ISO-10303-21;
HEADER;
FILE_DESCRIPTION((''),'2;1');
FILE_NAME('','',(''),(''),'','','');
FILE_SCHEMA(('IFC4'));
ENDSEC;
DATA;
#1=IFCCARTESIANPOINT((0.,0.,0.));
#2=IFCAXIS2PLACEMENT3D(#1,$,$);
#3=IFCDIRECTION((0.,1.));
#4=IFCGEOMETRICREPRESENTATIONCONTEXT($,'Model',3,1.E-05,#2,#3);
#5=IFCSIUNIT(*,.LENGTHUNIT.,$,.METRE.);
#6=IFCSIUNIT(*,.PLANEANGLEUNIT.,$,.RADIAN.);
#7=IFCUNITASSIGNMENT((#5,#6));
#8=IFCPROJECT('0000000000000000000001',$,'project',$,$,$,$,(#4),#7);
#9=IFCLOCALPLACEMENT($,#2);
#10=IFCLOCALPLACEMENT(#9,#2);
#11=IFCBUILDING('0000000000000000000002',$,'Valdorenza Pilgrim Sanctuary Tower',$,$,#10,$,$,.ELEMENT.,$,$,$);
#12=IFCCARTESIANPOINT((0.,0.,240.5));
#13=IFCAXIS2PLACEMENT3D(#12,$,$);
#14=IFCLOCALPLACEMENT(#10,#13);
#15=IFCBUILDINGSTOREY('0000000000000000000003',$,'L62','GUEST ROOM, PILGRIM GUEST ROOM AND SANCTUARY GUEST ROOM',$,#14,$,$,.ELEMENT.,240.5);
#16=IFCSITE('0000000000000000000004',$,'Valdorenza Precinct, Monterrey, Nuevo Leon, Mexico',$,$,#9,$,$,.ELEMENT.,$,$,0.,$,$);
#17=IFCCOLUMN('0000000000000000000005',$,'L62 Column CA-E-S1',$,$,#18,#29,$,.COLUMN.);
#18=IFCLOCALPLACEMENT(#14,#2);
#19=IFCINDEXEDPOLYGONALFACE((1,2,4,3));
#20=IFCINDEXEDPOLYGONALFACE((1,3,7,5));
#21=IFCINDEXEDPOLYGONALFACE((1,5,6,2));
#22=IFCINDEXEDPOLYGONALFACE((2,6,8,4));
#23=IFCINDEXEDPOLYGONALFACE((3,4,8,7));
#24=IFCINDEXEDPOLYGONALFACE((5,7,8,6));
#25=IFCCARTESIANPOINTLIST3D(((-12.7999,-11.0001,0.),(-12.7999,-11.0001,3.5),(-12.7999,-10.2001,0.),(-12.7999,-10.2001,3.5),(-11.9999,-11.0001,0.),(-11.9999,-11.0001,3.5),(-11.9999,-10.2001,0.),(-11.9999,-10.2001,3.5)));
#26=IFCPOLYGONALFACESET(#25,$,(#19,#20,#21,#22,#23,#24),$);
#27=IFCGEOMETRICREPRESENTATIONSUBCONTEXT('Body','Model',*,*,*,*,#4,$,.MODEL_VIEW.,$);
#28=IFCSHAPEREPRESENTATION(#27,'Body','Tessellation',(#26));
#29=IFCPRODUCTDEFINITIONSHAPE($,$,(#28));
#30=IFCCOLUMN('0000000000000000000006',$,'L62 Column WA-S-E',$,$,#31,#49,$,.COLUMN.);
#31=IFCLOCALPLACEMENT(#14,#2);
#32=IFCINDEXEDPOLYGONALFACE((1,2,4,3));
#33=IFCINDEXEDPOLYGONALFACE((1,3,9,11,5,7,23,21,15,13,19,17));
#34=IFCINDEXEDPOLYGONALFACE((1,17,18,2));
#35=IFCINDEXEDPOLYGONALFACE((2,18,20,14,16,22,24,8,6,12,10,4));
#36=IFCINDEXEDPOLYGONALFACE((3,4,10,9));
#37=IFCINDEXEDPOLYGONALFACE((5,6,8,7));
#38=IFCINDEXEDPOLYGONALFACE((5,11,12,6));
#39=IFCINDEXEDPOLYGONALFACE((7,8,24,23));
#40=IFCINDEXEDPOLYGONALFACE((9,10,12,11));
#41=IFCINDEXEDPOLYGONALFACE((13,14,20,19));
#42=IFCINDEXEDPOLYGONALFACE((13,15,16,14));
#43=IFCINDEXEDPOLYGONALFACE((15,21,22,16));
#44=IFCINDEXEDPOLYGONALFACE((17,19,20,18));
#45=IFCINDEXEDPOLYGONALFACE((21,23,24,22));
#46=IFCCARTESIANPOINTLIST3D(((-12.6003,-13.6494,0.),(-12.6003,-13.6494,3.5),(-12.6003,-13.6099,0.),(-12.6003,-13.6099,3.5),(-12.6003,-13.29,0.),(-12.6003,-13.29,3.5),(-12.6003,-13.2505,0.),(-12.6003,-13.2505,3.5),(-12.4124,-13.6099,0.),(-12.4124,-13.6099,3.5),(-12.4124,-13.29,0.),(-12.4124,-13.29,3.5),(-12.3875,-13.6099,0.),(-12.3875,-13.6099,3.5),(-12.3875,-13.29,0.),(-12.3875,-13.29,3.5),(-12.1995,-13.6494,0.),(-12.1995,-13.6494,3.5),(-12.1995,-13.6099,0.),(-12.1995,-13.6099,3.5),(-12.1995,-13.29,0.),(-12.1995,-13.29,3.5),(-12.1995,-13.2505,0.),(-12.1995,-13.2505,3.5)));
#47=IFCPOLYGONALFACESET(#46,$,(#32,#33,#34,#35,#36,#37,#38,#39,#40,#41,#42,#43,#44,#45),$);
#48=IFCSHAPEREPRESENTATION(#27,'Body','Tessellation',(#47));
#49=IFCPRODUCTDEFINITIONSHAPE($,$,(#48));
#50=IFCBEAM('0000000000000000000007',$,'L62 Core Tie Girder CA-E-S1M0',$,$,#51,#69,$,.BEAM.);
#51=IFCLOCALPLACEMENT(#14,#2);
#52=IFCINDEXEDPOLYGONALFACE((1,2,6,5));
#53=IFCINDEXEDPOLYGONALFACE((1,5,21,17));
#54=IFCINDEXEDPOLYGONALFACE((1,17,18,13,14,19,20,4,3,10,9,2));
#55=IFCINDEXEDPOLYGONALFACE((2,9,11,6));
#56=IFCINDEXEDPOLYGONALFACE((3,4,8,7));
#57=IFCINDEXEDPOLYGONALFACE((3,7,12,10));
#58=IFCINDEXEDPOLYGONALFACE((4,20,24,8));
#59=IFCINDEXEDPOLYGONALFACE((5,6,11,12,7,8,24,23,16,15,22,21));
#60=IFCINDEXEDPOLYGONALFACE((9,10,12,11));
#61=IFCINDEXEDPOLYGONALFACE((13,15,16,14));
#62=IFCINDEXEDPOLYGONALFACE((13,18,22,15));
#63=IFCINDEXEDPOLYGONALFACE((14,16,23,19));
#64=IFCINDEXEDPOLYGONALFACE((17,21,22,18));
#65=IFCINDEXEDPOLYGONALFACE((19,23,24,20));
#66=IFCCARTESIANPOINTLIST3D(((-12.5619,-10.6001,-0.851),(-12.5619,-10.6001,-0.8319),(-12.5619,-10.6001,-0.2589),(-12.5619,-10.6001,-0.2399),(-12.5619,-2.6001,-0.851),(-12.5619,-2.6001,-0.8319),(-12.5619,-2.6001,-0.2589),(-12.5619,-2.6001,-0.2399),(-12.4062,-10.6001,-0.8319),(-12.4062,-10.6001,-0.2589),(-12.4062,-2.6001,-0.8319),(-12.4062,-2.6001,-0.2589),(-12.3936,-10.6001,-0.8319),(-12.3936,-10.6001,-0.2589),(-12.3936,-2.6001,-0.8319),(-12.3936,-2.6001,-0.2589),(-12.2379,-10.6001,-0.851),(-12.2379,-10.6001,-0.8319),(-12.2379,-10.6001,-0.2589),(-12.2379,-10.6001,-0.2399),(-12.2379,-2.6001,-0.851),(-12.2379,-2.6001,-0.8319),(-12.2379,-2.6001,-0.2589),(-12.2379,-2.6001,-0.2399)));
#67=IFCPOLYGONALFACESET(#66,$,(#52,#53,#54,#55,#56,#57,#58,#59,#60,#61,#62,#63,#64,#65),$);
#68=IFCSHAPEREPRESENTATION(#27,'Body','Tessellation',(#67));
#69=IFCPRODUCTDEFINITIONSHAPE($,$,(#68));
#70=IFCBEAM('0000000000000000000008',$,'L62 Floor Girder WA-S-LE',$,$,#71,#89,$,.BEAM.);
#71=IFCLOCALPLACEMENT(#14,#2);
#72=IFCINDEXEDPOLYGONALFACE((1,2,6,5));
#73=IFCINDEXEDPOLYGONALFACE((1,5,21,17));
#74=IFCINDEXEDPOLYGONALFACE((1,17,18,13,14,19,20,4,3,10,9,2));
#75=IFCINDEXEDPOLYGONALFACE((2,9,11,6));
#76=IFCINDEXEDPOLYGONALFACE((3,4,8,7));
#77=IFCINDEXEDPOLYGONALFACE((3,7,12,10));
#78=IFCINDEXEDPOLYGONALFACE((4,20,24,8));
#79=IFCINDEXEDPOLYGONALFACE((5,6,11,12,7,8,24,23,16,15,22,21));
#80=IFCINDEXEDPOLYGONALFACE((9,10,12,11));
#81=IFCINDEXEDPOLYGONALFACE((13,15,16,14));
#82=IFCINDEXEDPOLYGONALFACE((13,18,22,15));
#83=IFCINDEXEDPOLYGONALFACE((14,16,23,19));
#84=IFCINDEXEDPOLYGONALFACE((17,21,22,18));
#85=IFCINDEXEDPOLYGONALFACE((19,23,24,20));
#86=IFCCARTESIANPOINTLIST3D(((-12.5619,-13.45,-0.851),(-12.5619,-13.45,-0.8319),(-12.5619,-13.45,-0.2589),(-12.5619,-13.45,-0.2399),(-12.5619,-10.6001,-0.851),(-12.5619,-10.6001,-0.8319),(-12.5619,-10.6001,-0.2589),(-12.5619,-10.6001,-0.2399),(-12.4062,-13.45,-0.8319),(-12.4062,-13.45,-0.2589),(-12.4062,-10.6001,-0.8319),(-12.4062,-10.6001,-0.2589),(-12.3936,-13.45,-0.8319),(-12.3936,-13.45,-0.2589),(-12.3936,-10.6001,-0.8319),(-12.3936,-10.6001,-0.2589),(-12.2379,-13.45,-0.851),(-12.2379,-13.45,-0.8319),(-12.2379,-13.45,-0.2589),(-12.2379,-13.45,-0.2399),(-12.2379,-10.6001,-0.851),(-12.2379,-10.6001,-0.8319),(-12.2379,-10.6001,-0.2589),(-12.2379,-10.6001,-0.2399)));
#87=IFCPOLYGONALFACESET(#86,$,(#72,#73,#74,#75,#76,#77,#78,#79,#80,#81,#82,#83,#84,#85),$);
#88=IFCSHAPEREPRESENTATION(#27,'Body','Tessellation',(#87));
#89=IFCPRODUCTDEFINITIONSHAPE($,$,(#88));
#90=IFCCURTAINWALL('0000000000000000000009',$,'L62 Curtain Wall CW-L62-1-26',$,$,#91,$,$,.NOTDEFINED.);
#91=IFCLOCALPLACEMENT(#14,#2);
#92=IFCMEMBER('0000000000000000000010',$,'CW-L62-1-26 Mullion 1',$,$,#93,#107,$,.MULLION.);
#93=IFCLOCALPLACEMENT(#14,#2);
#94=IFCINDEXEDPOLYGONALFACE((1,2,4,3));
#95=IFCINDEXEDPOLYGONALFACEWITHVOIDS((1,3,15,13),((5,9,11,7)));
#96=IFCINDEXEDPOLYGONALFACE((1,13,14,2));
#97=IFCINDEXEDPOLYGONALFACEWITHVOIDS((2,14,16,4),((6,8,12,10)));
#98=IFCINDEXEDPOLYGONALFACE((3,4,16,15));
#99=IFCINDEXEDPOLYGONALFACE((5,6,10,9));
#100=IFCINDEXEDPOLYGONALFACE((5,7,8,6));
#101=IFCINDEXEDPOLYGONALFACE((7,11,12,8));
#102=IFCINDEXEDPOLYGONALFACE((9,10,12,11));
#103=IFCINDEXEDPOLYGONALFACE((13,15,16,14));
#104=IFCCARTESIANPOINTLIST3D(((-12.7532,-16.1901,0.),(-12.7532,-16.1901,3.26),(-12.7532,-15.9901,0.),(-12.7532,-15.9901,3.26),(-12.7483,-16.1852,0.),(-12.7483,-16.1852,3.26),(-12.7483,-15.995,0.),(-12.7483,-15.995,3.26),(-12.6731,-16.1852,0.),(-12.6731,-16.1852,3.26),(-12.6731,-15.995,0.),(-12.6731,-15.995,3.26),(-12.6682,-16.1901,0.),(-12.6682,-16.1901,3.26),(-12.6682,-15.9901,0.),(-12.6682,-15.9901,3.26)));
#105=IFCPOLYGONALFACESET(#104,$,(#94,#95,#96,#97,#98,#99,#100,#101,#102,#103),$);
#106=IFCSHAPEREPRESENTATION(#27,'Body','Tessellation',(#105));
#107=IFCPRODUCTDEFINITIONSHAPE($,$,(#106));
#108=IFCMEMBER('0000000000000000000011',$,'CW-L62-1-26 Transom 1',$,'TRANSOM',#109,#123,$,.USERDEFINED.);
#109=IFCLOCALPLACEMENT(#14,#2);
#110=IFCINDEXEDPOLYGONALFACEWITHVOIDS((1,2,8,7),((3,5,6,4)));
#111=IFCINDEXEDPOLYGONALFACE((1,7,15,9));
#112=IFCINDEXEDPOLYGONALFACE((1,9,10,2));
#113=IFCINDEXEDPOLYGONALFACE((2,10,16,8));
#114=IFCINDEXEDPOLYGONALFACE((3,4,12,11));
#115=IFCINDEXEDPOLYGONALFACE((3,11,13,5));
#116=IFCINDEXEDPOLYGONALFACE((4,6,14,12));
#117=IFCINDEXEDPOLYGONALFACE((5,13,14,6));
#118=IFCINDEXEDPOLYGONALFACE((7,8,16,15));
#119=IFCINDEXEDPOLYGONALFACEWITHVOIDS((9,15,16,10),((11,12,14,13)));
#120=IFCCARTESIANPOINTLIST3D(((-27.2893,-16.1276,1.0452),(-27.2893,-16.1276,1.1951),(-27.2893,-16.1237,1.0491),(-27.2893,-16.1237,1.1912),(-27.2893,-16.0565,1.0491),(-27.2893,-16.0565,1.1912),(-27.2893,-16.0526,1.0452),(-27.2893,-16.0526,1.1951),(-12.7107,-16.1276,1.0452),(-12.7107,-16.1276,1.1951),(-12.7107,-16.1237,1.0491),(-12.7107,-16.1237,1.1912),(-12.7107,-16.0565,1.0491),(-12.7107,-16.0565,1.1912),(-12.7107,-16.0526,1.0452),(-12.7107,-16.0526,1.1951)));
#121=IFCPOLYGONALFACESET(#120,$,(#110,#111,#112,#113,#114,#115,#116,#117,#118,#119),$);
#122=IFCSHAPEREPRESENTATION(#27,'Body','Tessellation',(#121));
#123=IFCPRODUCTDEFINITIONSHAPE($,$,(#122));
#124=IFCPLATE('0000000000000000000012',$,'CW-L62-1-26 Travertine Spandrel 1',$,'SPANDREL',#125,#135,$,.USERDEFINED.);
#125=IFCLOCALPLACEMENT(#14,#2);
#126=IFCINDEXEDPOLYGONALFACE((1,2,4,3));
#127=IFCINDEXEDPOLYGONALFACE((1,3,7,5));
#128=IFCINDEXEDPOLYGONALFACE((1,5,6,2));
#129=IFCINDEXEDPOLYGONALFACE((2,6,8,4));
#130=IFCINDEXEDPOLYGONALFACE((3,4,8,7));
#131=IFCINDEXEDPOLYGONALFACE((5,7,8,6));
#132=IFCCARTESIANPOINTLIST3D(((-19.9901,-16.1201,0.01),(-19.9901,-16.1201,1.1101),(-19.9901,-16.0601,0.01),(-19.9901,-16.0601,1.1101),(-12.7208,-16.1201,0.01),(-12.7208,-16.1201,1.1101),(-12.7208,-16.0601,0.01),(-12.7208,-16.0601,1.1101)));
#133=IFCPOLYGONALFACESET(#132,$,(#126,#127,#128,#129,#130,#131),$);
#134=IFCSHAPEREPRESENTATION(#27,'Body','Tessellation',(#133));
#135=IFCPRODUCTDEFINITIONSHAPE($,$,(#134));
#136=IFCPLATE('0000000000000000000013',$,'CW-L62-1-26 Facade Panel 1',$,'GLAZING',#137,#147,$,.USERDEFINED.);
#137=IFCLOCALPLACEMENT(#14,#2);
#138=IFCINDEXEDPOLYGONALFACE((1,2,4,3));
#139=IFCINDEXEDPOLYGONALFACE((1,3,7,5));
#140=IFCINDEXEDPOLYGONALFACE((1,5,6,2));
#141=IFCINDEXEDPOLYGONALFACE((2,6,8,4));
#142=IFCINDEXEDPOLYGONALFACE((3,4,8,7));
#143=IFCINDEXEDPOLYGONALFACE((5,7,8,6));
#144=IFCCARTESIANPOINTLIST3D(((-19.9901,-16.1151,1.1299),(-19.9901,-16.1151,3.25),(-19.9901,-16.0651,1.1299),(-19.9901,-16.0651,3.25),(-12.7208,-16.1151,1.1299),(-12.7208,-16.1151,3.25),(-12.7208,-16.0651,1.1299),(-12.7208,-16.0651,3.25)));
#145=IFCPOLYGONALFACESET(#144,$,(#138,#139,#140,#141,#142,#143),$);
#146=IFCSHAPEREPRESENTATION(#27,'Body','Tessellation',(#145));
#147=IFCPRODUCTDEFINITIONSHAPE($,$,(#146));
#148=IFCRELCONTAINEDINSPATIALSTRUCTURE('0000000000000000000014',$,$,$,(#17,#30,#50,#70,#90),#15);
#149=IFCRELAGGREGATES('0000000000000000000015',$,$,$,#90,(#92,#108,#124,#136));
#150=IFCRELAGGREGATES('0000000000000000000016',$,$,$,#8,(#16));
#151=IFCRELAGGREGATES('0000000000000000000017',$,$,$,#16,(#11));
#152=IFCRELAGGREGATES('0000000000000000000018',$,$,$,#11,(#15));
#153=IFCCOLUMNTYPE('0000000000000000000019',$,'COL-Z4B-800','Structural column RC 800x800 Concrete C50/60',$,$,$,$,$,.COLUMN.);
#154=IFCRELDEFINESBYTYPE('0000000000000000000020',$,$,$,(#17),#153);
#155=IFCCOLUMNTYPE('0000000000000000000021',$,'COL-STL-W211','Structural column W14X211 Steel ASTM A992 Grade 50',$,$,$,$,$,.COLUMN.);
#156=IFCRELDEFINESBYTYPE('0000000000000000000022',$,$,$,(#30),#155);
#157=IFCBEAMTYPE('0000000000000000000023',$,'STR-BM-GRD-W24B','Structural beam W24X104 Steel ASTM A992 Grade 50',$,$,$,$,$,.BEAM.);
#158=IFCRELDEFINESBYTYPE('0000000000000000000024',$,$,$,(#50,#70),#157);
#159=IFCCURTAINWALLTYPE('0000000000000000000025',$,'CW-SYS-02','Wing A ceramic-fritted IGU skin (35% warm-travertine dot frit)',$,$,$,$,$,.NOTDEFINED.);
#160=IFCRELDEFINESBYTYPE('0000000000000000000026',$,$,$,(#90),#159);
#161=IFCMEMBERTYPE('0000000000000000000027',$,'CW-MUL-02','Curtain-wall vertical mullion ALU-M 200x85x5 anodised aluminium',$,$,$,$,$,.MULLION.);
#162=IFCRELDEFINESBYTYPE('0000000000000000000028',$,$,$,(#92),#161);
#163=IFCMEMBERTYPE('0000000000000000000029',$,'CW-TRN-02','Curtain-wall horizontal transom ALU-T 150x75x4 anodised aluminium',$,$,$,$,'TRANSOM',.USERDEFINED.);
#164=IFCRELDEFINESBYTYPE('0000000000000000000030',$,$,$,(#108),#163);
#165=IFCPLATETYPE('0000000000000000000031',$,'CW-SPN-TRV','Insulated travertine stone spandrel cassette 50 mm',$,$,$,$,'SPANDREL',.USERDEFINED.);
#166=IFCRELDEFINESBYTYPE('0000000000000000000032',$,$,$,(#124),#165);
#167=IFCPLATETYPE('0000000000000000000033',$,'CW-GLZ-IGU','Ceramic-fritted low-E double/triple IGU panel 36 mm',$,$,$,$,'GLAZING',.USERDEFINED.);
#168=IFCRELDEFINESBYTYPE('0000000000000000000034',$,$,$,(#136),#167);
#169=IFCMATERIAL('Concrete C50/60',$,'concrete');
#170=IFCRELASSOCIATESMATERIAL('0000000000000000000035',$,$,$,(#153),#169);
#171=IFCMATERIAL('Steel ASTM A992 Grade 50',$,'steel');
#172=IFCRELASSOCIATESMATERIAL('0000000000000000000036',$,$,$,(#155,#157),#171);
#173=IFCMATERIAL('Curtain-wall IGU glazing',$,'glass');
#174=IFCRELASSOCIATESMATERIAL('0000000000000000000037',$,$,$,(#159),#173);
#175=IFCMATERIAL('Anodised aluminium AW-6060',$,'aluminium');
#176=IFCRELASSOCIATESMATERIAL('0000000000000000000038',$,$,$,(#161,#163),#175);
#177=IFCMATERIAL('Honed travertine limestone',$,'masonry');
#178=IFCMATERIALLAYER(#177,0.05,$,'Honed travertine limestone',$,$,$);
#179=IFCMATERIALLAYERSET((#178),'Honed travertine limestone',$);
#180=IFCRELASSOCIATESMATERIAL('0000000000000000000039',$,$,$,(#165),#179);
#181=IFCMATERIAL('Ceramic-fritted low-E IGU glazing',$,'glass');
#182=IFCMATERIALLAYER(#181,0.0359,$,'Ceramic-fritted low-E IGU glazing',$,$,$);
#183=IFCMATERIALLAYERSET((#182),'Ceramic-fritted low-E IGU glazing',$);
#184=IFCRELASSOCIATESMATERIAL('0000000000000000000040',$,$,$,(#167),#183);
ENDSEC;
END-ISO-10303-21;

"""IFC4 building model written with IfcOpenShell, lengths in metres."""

from ifc_helpers import new_model, si_unit, direction, frame, origin, origin_2d, place, context, subcontext, project, spatial, rectangle, hollow_rectangle, i_section, extrude, source, transform, mapped, material, layer, layer_set, material_profile, profile_set, type_object, element, aggregate, save


model = new_model("IFC4")

# Units and contexts
model_context = context("Model", 3, precision=1e-05, world=origin(), true_north=direction((0.0, 1.0)))
body_context = subcontext(model_context, "Body", "Model", "MODEL_VIEW")
ifc_project = project(units=[si_unit("LENGTHUNIT", "METRE"), si_unit("PLANEANGLEUNIT", "RADIAN")], contexts=[model_context])

# Site, building, storey
site_placement = place(None, origin())
site = spatial("IfcSite", under=ifc_project, at=site_placement, Name="Valdorenza Precinct, Monterrey, Nuevo Leon, Mexico", CompositionType="ELEMENT", RefElevation=0.0)
building_placement = place(site_placement, origin())
building = spatial("IfcBuilding", under=site, at=building_placement, Name="Valdorenza Pilgrim Sanctuary Tower", CompositionType="ELEMENT")
storey_placement = place(building_placement, frame((0.0, 0.0, 240.5)))
storey = spatial("IfcBuildingStorey", under=building, at=storey_placement, Name="L62", Description="GUEST ROOM, PILGRIM GUEST ROOM AND SANCTUARY GUEST ROOM", CompositionType="ELEMENT", Elevation=240.5)

# Columns
ifc_material_1 = material(Name="Concrete C50/60", Category="concrete")
ifc_material_profile_1 = material_profile(ifc_material_1, rectangle(XDim=0.8, YDim=0.8, at=origin_2d()), Name="RC 800x800")
ifc_profile_set_1 = profile_set([ifc_material_profile_1], Name="Concrete C50/60")
column_type_1 = type_object("IfcColumnType", Name="COL-Z4B-800", Description="Structural column RC 800x800 Concrete C50/60", PredefinedType="COLUMN", material=ifc_profile_set_1)
shared_shape_1 = source(origin(), body_context, "Body", "SweptSolid", [
    extrude(rectangle(XDim=0.8, YDim=0.8, at=origin_2d()), origin(), (0.0, 0.0, 1.0), 3.5),
])
column_1_placement = place(storey_placement, frame((-12.3999, -10.6001, 0.0), z_axis=(0.0, 0.0, 1.0), x_axis=(1.0, 0.0, 0.0)))
element("IfcColumn", 1, at=column_1_placement, inside=storey, type_object=column_type_1, Name="L62 Column CA-E-S1", PredefinedType="COLUMN", context=body_context, shape_type="MappedRepresentation", body=[
    mapped(shared_shape_1, transform((0.0, 0.0, 0.0), x_axis=(1.0, 0.0, 0.0), y_axis=(0.0, 1.0, 0.0), z_axis=(0.0, 0.0, 1.0), scale=1.0)),
])
ifc_material_2 = material(Name="Steel ASTM A992 Grade 50", Category="steel")
ifc_material_profile_2 = material_profile(ifc_material_2, i_section(OverallWidth=0.4009, OverallDepth=0.3989, WebThickness=0.0249, FlangeThickness=0.0396, at=origin_2d()), Name="W14X211")
ifc_profile_set_2 = profile_set([ifc_material_profile_2], Name="Steel ASTM A992 Grade 50")
column_type_2 = type_object("IfcColumnType", Name="COL-STL-W211", Description="Structural column W14X211 Steel ASTM A992 Grade 50", PredefinedType="COLUMN", material=ifc_profile_set_2)
shared_shape_2 = source(origin(), body_context, "Body", "SweptSolid", [
    extrude(i_section(OverallWidth=0.4009, OverallDepth=0.3989, WebThickness=0.0249, FlangeThickness=0.0396, at=origin_2d()), origin(), (0.0, 0.0, 1.0), 3.5),
])
column_2_placement = place(storey_placement, frame((-12.3999, -13.45, 0.0), z_axis=(0.0, 0.0, 1.0), x_axis=(1.0, 0.0, 0.0)))
element("IfcColumn", 2, at=column_2_placement, inside=storey, type_object=column_type_2, Name="L62 Column WA-S-E", PredefinedType="COLUMN", context=body_context, shape_type="MappedRepresentation", body=[
    mapped(shared_shape_2, transform((0.0, 0.0, 0.0), x_axis=(1.0, 0.0, 0.0), y_axis=(0.0, 1.0, 0.0), z_axis=(0.0, 0.0, 1.0), scale=1.0)),
])

# Beams
ifc_material_profile_3 = material_profile(ifc_material_2, i_section(OverallWidth=0.324, OverallDepth=0.6111, WebThickness=0.0127, FlangeThickness=0.019, at=origin_2d()), Name="W24X104")
ifc_profile_set_3 = profile_set([ifc_material_profile_3], Name="Steel ASTM A992 Grade 50")
beam_type = type_object("IfcBeamType", Name="STR-BM-GRD-W24B", Description="Structural beam W24X104 Steel ASTM A992 Grade 50", PredefinedType="BEAM", material=ifc_profile_set_3)
shared_shape_3 = source(origin(), body_context, "Body", "SweptSolid", [
    extrude(i_section(OverallWidth=0.324, OverallDepth=0.6111, WebThickness=0.0127, FlangeThickness=0.019, at=origin_2d()), origin(), (0.0, 0.0, 1.0), 8.0),
])
beam_1_placement = place(storey_placement, frame((-12.3999, -10.6001, -0.5454), z_axis=(0.0, 1.0, 0.0), x_axis=(-1.0, 0.0, 0.0)))
element("IfcBeam", 3, at=beam_1_placement, inside=storey, type_object=beam_type, Name="L62 Core Tie Girder CA-E-S1M0", PredefinedType="BEAM", context=body_context, shape_type="MappedRepresentation", body=[
    mapped(shared_shape_3, transform((0.0, 0.0, 0.0), x_axis=(1.0, 0.0, 0.0), y_axis=(0.0, 1.0, 0.0), z_axis=(0.0, 0.0, 1.0), scale=1.0)),
])
shared_shape_4 = source(origin(), body_context, "Body", "SweptSolid", [
    extrude(i_section(OverallWidth=0.324, OverallDepth=0.6111, WebThickness=0.0127, FlangeThickness=0.019, at=origin_2d()), origin(), (0.0, 0.0, 1.0), 2.8499),
])
beam_2_placement = place(storey_placement, frame((-12.3999, -13.45, -0.5454), z_axis=(0.0, 1.0, 0.0), x_axis=(-1.0, 0.0, 0.0)))
element("IfcBeam", 4, at=beam_2_placement, inside=storey, type_object=beam_type, Name="L62 Floor Girder WA-S-LE", PredefinedType="BEAM", context=body_context, shape_type="MappedRepresentation", body=[
    mapped(shared_shape_4, transform((0.0, 0.0, 0.0), x_axis=(1.0, 0.0, 0.0), y_axis=(0.0, 1.0, 0.0), z_axis=(0.0, 0.0, 1.0), scale=1.0)),
])

# Curtain wall, members, plates
ifc_material_3 = material(Name="Curtain-wall IGU glazing", Category="glass")
curtain_wall_type = type_object("IfcCurtainWallType", Name="CW-SYS-02", Description="Wing A ceramic-fritted IGU skin (35% warm-travertine dot frit)", PredefinedType="NOTDEFINED", material=ifc_material_3)
curtain_wall_placement = place(storey_placement, origin())
curtain_wall = element("IfcCurtainWall", 5, at=curtain_wall_placement, inside=storey, type_object=curtain_wall_type, Name="L62 Curtain Wall CW-L62-1-26", PredefinedType="NOTDEFINED")
ifc_material_4 = material(Name="Anodised aluminium AW-6060", Category="aluminium")
ifc_material_profile_4 = material_profile(ifc_material_4, hollow_rectangle(XDim=0.085, YDim=0.2, WallThickness=0.0049, at=origin_2d()), Name="ALU-M 200x85x5")
ifc_profile_set_4 = profile_set([ifc_material_profile_4], Name="Anodised aluminium AW-6060")
member_type_1 = type_object("IfcMemberType", Name="CW-MUL-02", Description="Curtain-wall vertical mullion ALU-M 200x85x5 anodised aluminium", PredefinedType="MULLION", material=ifc_profile_set_4)
shared_shape_5 = source(origin(), body_context, "Body", "SweptSolid", [
    extrude(hollow_rectangle(XDim=0.085, YDim=0.2, WallThickness=0.0049, at=origin_2d()), origin(), (0.0, 0.0, 1.0), 3.26),
])
member_1_placement = place(storey_placement, frame((-12.7107, -16.0901, 0.0), z_axis=(0.0, 0.0, 1.0), x_axis=(-1.0, 0.0, 0.0)))
member_1 = element("IfcMember", 6, at=member_1_placement, type_object=member_type_1, Name="CW-L62-1-26 Mullion 1", PredefinedType="MULLION", context=body_context, shape_type="MappedRepresentation", body=[
    mapped(shared_shape_5, transform((0.0, 0.0, 0.0), x_axis=(1.0, 0.0, 0.0), y_axis=(0.0, 1.0, 0.0), z_axis=(0.0, 0.0, 1.0), scale=1.0)),
])
ifc_material_profile_5 = material_profile(ifc_material_4, hollow_rectangle(XDim=0.075, YDim=0.1499, WallThickness=0.0039, at=origin_2d()), Name="ALU-T 150x75x4")
ifc_profile_set_5 = profile_set([ifc_material_profile_5], Name="Anodised aluminium AW-6060")
member_type_2 = type_object("IfcMemberType", Name="CW-TRN-02", Description="Curtain-wall horizontal transom ALU-T 150x75x4 anodised aluminium", ElementType="TRANSOM", PredefinedType="USERDEFINED", material=ifc_profile_set_5)
shared_shape_6 = source(origin(), body_context, "Body", "SweptSolid", [
    extrude(hollow_rectangle(XDim=0.075, YDim=0.1499, WallThickness=0.0039, at=origin_2d()), origin(), (0.0, 0.0, 1.0), 14.5786),
])
member_2_placement = place(storey_placement, frame((-12.7107, -16.0901, 1.1201), z_axis=(-1.0, 0.0, 0.0), x_axis=(0.0, -1.0, 0.0)))
member_2 = element("IfcMember", 7, at=member_2_placement, type_object=member_type_2, Name="CW-L62-1-26 Transom 1", ObjectType="TRANSOM", PredefinedType="USERDEFINED", context=body_context, shape_type="MappedRepresentation", body=[
    mapped(shared_shape_6, transform((0.0, 0.0, 0.0), x_axis=(1.0, 0.0, 0.0), y_axis=(0.0, 1.0, 0.0), z_axis=(0.0, 0.0, 1.0), scale=1.0)),
])
ifc_material_5 = material(Name="Honed travertine limestone", Category="masonry")
ifc_layer_1 = layer(ifc_material_5, 0.05, Name="Honed travertine limestone")
ifc_layer_set_1 = layer_set([ifc_layer_1], Name="Honed travertine limestone")
plate_type_1 = type_object("IfcPlateType", Name="CW-SPN-TRV", Description="Insulated travertine stone spandrel cassette 50 mm", ElementType="SPANDREL", PredefinedType="USERDEFINED", material=ifc_layer_set_1)
shared_shape_7 = source(origin(), body_context, "Body", "SweptSolid", [
    extrude(rectangle(XDim=7.2693, YDim=0.0601, at=origin_2d()), origin(), (0.0, 0.0, 1.0), 1.1001),
])
plate_1_placement = place(storey_placement, frame((-16.3555, -16.0901, 0.01), z_axis=(0.0, 0.0, 1.0), x_axis=(-1.0, 0.0, 0.0)))
plate_1 = element("IfcPlate", 8, at=plate_1_placement, type_object=plate_type_1, Name="CW-L62-1-26 Travertine Spandrel 1", ObjectType="SPANDREL", PredefinedType="USERDEFINED", context=body_context, shape_type="MappedRepresentation", body=[
    mapped(shared_shape_7, transform((0.0, 0.0, 0.0), x_axis=(1.0, 0.0, 0.0), y_axis=(0.0, 1.0, 0.0), z_axis=(0.0, 0.0, 1.0), scale=1.0)),
])
ifc_material_6 = material(Name="Ceramic-fritted low-E IGU glazing", Category="glass")
ifc_layer_2 = layer(ifc_material_6, 0.0359, Name="Ceramic-fritted low-E IGU glazing")
ifc_layer_set_2 = layer_set([ifc_layer_2], Name="Ceramic-fritted low-E IGU glazing")
plate_type_2 = type_object("IfcPlateType", Name="CW-GLZ-IGU", Description="Ceramic-fritted low-E double/triple IGU panel 36 mm", ElementType="GLAZING", PredefinedType="USERDEFINED", material=ifc_layer_set_2)
shared_shape_8 = source(origin(), body_context, "Body", "SweptSolid", [
    extrude(rectangle(XDim=7.2693, YDim=0.05, at=origin_2d()), origin(), (0.0, 0.0, 1.0), 2.1201),
])
plate_2_placement = place(storey_placement, frame((-16.3555, -16.0901, 1.1299), z_axis=(0.0, 0.0, 1.0), x_axis=(-1.0, 0.0, 0.0)))
plate_2 = element("IfcPlate", 9, at=plate_2_placement, type_object=plate_type_2, Name="CW-L62-1-26 Facade Panel 1", ObjectType="GLAZING", PredefinedType="USERDEFINED", context=body_context, shape_type="MappedRepresentation", body=[
    mapped(shared_shape_8, transform((0.0, 0.0, 0.0), x_axis=(1.0, 0.0, 0.0), y_axis=(0.0, 1.0, 0.0), z_axis=(0.0, 0.0, 1.0), scale=1.0)),
])
aggregate(curtain_wall, [member_1, member_2, plate_1, plate_2])

save(model, "model.ifc")
